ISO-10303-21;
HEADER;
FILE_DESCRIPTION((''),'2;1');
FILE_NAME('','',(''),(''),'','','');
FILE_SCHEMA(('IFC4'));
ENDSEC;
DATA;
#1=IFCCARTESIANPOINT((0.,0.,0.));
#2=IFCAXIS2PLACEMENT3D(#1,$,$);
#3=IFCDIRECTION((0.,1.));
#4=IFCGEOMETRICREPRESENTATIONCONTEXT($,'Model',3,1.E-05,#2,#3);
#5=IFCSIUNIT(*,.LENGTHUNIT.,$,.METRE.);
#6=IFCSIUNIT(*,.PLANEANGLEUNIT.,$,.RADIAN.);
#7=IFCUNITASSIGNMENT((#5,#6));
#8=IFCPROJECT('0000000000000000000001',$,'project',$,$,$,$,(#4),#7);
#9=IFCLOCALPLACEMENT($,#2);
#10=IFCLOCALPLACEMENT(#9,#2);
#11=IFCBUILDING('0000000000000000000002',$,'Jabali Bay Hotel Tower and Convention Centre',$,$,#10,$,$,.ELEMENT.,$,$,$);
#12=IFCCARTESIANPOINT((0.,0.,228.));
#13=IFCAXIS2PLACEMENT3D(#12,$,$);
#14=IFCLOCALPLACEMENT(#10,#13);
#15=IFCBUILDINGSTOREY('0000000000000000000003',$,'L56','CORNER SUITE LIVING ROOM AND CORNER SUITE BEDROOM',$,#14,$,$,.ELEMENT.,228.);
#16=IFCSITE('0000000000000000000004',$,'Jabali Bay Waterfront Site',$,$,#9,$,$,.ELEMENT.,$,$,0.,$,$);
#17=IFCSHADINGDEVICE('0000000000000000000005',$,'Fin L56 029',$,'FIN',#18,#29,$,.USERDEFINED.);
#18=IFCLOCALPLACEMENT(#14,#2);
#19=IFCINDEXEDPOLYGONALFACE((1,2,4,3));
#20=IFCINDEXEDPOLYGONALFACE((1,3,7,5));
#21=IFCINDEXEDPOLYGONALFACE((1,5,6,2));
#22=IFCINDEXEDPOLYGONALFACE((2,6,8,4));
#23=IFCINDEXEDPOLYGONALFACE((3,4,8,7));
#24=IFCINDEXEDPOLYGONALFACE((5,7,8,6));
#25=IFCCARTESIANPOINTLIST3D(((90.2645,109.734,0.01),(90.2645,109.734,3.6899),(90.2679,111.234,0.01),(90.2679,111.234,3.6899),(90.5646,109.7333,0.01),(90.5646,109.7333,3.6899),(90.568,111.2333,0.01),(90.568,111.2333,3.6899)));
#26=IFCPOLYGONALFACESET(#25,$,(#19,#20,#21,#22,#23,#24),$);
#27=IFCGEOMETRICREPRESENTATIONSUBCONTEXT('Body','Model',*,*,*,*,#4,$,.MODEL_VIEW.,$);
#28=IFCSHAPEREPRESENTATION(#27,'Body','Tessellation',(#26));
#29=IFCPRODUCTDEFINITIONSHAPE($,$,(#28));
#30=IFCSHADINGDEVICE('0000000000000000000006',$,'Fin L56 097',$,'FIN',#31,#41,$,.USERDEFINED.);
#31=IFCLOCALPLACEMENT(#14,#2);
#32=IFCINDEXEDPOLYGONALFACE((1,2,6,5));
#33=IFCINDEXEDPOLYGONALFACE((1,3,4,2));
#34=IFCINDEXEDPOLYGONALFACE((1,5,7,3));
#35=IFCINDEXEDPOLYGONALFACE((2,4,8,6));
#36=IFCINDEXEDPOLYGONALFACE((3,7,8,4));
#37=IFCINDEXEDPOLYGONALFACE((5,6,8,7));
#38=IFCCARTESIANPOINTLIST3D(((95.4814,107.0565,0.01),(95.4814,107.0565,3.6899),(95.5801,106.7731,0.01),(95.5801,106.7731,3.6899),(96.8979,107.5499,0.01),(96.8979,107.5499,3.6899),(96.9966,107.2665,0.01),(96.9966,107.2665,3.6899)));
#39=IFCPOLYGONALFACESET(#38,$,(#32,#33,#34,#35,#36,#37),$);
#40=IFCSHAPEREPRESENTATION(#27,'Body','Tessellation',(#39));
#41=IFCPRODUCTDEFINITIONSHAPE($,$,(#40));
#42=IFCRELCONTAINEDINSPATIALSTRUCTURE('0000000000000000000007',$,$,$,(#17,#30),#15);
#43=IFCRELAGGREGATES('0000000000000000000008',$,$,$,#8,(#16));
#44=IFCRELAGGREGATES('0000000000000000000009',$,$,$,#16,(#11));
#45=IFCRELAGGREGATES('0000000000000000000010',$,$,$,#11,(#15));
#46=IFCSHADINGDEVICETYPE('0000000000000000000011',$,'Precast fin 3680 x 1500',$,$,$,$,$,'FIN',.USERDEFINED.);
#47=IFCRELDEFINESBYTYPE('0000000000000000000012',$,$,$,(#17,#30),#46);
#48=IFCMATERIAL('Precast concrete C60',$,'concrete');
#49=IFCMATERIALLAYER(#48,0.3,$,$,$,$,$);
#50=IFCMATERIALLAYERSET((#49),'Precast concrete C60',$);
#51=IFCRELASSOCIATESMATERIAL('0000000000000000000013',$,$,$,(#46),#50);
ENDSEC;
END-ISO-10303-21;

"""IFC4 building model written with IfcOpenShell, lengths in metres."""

from ifc_helpers import new_model, si_unit, direction, frame, frame_2d, origin, place, context, subcontext, project, spatial, rectangle, extrude, material, layer, layer_set, type_object, element, save


model = new_model("IFC4")

# Units and contexts
model_context = context("Model", 3, precision=1e-05, world=origin(), true_north=direction((0.0, 1.0)))
body_context = subcontext(model_context, "Body", "Model", "MODEL_VIEW")
ifc_project = project(units=[si_unit("LENGTHUNIT", "METRE"), si_unit("PLANEANGLEUNIT", "RADIAN")], contexts=[model_context])

# Site, building, storey
site_placement = place(None, origin())
site = spatial("IfcSite", under=ifc_project, at=site_placement, Name="Jabali Bay Waterfront Site", CompositionType="ELEMENT", RefElevation=0.0)
building_placement = place(site_placement, origin())
building = spatial("IfcBuilding", under=site, at=building_placement, Name="Jabali Bay Hotel Tower and Convention Centre", CompositionType="ELEMENT")
storey_placement = place(building_placement, frame((0.0, 0.0, 228.0)))
storey = spatial("IfcBuildingStorey", under=building, at=storey_placement, Name="L56", Description="CORNER SUITE LIVING ROOM AND CORNER SUITE BEDROOM", CompositionType="ELEMENT", Elevation=228.0)

# Shading devices
ifc_material_1 = material(Name="Precast concrete C60", Category="concrete")
ifc_layer_1 = layer(ifc_material_1, 0.3)
ifc_layer_set_1 = layer_set([ifc_layer_1], Name="Precast concrete C60")
shading_device_type = type_object("IfcShadingDeviceType", Name="Precast fin 3680 x 1500", ElementType="FIN", PredefinedType="USERDEFINED", material=ifc_layer_set_1)
for number, where, z_axis, x_axis, name in (
    (1, (90.4146, 109.7336, 0.01), (0.0, 0.0, 1.0), (0.002279, 0.999997, 0.0), "Fin L56 029"),
    (2, (95.5308, 106.9148, 0.01), (0.0, 0.0, 1.0), (0.94435, 0.328944, 0.0), "Fin L56 097"),
):
    element("IfcShadingDevice", number, at=place(storey_placement, frame(where, z_axis=z_axis, x_axis=x_axis)), inside=storey, type_object=shading_device_type, Name=name, ObjectType="FIN", PredefinedType="USERDEFINED", context=body_context, shape_type="SweptSolid", body=[
        extrude(rectangle(XDim=1.5, YDim=0.3, at=frame_2d((0.75, 0.0))), origin(), (0.0, 0.0, 1.0), 3.6799),
    ])

save(model, "model.ifc")
